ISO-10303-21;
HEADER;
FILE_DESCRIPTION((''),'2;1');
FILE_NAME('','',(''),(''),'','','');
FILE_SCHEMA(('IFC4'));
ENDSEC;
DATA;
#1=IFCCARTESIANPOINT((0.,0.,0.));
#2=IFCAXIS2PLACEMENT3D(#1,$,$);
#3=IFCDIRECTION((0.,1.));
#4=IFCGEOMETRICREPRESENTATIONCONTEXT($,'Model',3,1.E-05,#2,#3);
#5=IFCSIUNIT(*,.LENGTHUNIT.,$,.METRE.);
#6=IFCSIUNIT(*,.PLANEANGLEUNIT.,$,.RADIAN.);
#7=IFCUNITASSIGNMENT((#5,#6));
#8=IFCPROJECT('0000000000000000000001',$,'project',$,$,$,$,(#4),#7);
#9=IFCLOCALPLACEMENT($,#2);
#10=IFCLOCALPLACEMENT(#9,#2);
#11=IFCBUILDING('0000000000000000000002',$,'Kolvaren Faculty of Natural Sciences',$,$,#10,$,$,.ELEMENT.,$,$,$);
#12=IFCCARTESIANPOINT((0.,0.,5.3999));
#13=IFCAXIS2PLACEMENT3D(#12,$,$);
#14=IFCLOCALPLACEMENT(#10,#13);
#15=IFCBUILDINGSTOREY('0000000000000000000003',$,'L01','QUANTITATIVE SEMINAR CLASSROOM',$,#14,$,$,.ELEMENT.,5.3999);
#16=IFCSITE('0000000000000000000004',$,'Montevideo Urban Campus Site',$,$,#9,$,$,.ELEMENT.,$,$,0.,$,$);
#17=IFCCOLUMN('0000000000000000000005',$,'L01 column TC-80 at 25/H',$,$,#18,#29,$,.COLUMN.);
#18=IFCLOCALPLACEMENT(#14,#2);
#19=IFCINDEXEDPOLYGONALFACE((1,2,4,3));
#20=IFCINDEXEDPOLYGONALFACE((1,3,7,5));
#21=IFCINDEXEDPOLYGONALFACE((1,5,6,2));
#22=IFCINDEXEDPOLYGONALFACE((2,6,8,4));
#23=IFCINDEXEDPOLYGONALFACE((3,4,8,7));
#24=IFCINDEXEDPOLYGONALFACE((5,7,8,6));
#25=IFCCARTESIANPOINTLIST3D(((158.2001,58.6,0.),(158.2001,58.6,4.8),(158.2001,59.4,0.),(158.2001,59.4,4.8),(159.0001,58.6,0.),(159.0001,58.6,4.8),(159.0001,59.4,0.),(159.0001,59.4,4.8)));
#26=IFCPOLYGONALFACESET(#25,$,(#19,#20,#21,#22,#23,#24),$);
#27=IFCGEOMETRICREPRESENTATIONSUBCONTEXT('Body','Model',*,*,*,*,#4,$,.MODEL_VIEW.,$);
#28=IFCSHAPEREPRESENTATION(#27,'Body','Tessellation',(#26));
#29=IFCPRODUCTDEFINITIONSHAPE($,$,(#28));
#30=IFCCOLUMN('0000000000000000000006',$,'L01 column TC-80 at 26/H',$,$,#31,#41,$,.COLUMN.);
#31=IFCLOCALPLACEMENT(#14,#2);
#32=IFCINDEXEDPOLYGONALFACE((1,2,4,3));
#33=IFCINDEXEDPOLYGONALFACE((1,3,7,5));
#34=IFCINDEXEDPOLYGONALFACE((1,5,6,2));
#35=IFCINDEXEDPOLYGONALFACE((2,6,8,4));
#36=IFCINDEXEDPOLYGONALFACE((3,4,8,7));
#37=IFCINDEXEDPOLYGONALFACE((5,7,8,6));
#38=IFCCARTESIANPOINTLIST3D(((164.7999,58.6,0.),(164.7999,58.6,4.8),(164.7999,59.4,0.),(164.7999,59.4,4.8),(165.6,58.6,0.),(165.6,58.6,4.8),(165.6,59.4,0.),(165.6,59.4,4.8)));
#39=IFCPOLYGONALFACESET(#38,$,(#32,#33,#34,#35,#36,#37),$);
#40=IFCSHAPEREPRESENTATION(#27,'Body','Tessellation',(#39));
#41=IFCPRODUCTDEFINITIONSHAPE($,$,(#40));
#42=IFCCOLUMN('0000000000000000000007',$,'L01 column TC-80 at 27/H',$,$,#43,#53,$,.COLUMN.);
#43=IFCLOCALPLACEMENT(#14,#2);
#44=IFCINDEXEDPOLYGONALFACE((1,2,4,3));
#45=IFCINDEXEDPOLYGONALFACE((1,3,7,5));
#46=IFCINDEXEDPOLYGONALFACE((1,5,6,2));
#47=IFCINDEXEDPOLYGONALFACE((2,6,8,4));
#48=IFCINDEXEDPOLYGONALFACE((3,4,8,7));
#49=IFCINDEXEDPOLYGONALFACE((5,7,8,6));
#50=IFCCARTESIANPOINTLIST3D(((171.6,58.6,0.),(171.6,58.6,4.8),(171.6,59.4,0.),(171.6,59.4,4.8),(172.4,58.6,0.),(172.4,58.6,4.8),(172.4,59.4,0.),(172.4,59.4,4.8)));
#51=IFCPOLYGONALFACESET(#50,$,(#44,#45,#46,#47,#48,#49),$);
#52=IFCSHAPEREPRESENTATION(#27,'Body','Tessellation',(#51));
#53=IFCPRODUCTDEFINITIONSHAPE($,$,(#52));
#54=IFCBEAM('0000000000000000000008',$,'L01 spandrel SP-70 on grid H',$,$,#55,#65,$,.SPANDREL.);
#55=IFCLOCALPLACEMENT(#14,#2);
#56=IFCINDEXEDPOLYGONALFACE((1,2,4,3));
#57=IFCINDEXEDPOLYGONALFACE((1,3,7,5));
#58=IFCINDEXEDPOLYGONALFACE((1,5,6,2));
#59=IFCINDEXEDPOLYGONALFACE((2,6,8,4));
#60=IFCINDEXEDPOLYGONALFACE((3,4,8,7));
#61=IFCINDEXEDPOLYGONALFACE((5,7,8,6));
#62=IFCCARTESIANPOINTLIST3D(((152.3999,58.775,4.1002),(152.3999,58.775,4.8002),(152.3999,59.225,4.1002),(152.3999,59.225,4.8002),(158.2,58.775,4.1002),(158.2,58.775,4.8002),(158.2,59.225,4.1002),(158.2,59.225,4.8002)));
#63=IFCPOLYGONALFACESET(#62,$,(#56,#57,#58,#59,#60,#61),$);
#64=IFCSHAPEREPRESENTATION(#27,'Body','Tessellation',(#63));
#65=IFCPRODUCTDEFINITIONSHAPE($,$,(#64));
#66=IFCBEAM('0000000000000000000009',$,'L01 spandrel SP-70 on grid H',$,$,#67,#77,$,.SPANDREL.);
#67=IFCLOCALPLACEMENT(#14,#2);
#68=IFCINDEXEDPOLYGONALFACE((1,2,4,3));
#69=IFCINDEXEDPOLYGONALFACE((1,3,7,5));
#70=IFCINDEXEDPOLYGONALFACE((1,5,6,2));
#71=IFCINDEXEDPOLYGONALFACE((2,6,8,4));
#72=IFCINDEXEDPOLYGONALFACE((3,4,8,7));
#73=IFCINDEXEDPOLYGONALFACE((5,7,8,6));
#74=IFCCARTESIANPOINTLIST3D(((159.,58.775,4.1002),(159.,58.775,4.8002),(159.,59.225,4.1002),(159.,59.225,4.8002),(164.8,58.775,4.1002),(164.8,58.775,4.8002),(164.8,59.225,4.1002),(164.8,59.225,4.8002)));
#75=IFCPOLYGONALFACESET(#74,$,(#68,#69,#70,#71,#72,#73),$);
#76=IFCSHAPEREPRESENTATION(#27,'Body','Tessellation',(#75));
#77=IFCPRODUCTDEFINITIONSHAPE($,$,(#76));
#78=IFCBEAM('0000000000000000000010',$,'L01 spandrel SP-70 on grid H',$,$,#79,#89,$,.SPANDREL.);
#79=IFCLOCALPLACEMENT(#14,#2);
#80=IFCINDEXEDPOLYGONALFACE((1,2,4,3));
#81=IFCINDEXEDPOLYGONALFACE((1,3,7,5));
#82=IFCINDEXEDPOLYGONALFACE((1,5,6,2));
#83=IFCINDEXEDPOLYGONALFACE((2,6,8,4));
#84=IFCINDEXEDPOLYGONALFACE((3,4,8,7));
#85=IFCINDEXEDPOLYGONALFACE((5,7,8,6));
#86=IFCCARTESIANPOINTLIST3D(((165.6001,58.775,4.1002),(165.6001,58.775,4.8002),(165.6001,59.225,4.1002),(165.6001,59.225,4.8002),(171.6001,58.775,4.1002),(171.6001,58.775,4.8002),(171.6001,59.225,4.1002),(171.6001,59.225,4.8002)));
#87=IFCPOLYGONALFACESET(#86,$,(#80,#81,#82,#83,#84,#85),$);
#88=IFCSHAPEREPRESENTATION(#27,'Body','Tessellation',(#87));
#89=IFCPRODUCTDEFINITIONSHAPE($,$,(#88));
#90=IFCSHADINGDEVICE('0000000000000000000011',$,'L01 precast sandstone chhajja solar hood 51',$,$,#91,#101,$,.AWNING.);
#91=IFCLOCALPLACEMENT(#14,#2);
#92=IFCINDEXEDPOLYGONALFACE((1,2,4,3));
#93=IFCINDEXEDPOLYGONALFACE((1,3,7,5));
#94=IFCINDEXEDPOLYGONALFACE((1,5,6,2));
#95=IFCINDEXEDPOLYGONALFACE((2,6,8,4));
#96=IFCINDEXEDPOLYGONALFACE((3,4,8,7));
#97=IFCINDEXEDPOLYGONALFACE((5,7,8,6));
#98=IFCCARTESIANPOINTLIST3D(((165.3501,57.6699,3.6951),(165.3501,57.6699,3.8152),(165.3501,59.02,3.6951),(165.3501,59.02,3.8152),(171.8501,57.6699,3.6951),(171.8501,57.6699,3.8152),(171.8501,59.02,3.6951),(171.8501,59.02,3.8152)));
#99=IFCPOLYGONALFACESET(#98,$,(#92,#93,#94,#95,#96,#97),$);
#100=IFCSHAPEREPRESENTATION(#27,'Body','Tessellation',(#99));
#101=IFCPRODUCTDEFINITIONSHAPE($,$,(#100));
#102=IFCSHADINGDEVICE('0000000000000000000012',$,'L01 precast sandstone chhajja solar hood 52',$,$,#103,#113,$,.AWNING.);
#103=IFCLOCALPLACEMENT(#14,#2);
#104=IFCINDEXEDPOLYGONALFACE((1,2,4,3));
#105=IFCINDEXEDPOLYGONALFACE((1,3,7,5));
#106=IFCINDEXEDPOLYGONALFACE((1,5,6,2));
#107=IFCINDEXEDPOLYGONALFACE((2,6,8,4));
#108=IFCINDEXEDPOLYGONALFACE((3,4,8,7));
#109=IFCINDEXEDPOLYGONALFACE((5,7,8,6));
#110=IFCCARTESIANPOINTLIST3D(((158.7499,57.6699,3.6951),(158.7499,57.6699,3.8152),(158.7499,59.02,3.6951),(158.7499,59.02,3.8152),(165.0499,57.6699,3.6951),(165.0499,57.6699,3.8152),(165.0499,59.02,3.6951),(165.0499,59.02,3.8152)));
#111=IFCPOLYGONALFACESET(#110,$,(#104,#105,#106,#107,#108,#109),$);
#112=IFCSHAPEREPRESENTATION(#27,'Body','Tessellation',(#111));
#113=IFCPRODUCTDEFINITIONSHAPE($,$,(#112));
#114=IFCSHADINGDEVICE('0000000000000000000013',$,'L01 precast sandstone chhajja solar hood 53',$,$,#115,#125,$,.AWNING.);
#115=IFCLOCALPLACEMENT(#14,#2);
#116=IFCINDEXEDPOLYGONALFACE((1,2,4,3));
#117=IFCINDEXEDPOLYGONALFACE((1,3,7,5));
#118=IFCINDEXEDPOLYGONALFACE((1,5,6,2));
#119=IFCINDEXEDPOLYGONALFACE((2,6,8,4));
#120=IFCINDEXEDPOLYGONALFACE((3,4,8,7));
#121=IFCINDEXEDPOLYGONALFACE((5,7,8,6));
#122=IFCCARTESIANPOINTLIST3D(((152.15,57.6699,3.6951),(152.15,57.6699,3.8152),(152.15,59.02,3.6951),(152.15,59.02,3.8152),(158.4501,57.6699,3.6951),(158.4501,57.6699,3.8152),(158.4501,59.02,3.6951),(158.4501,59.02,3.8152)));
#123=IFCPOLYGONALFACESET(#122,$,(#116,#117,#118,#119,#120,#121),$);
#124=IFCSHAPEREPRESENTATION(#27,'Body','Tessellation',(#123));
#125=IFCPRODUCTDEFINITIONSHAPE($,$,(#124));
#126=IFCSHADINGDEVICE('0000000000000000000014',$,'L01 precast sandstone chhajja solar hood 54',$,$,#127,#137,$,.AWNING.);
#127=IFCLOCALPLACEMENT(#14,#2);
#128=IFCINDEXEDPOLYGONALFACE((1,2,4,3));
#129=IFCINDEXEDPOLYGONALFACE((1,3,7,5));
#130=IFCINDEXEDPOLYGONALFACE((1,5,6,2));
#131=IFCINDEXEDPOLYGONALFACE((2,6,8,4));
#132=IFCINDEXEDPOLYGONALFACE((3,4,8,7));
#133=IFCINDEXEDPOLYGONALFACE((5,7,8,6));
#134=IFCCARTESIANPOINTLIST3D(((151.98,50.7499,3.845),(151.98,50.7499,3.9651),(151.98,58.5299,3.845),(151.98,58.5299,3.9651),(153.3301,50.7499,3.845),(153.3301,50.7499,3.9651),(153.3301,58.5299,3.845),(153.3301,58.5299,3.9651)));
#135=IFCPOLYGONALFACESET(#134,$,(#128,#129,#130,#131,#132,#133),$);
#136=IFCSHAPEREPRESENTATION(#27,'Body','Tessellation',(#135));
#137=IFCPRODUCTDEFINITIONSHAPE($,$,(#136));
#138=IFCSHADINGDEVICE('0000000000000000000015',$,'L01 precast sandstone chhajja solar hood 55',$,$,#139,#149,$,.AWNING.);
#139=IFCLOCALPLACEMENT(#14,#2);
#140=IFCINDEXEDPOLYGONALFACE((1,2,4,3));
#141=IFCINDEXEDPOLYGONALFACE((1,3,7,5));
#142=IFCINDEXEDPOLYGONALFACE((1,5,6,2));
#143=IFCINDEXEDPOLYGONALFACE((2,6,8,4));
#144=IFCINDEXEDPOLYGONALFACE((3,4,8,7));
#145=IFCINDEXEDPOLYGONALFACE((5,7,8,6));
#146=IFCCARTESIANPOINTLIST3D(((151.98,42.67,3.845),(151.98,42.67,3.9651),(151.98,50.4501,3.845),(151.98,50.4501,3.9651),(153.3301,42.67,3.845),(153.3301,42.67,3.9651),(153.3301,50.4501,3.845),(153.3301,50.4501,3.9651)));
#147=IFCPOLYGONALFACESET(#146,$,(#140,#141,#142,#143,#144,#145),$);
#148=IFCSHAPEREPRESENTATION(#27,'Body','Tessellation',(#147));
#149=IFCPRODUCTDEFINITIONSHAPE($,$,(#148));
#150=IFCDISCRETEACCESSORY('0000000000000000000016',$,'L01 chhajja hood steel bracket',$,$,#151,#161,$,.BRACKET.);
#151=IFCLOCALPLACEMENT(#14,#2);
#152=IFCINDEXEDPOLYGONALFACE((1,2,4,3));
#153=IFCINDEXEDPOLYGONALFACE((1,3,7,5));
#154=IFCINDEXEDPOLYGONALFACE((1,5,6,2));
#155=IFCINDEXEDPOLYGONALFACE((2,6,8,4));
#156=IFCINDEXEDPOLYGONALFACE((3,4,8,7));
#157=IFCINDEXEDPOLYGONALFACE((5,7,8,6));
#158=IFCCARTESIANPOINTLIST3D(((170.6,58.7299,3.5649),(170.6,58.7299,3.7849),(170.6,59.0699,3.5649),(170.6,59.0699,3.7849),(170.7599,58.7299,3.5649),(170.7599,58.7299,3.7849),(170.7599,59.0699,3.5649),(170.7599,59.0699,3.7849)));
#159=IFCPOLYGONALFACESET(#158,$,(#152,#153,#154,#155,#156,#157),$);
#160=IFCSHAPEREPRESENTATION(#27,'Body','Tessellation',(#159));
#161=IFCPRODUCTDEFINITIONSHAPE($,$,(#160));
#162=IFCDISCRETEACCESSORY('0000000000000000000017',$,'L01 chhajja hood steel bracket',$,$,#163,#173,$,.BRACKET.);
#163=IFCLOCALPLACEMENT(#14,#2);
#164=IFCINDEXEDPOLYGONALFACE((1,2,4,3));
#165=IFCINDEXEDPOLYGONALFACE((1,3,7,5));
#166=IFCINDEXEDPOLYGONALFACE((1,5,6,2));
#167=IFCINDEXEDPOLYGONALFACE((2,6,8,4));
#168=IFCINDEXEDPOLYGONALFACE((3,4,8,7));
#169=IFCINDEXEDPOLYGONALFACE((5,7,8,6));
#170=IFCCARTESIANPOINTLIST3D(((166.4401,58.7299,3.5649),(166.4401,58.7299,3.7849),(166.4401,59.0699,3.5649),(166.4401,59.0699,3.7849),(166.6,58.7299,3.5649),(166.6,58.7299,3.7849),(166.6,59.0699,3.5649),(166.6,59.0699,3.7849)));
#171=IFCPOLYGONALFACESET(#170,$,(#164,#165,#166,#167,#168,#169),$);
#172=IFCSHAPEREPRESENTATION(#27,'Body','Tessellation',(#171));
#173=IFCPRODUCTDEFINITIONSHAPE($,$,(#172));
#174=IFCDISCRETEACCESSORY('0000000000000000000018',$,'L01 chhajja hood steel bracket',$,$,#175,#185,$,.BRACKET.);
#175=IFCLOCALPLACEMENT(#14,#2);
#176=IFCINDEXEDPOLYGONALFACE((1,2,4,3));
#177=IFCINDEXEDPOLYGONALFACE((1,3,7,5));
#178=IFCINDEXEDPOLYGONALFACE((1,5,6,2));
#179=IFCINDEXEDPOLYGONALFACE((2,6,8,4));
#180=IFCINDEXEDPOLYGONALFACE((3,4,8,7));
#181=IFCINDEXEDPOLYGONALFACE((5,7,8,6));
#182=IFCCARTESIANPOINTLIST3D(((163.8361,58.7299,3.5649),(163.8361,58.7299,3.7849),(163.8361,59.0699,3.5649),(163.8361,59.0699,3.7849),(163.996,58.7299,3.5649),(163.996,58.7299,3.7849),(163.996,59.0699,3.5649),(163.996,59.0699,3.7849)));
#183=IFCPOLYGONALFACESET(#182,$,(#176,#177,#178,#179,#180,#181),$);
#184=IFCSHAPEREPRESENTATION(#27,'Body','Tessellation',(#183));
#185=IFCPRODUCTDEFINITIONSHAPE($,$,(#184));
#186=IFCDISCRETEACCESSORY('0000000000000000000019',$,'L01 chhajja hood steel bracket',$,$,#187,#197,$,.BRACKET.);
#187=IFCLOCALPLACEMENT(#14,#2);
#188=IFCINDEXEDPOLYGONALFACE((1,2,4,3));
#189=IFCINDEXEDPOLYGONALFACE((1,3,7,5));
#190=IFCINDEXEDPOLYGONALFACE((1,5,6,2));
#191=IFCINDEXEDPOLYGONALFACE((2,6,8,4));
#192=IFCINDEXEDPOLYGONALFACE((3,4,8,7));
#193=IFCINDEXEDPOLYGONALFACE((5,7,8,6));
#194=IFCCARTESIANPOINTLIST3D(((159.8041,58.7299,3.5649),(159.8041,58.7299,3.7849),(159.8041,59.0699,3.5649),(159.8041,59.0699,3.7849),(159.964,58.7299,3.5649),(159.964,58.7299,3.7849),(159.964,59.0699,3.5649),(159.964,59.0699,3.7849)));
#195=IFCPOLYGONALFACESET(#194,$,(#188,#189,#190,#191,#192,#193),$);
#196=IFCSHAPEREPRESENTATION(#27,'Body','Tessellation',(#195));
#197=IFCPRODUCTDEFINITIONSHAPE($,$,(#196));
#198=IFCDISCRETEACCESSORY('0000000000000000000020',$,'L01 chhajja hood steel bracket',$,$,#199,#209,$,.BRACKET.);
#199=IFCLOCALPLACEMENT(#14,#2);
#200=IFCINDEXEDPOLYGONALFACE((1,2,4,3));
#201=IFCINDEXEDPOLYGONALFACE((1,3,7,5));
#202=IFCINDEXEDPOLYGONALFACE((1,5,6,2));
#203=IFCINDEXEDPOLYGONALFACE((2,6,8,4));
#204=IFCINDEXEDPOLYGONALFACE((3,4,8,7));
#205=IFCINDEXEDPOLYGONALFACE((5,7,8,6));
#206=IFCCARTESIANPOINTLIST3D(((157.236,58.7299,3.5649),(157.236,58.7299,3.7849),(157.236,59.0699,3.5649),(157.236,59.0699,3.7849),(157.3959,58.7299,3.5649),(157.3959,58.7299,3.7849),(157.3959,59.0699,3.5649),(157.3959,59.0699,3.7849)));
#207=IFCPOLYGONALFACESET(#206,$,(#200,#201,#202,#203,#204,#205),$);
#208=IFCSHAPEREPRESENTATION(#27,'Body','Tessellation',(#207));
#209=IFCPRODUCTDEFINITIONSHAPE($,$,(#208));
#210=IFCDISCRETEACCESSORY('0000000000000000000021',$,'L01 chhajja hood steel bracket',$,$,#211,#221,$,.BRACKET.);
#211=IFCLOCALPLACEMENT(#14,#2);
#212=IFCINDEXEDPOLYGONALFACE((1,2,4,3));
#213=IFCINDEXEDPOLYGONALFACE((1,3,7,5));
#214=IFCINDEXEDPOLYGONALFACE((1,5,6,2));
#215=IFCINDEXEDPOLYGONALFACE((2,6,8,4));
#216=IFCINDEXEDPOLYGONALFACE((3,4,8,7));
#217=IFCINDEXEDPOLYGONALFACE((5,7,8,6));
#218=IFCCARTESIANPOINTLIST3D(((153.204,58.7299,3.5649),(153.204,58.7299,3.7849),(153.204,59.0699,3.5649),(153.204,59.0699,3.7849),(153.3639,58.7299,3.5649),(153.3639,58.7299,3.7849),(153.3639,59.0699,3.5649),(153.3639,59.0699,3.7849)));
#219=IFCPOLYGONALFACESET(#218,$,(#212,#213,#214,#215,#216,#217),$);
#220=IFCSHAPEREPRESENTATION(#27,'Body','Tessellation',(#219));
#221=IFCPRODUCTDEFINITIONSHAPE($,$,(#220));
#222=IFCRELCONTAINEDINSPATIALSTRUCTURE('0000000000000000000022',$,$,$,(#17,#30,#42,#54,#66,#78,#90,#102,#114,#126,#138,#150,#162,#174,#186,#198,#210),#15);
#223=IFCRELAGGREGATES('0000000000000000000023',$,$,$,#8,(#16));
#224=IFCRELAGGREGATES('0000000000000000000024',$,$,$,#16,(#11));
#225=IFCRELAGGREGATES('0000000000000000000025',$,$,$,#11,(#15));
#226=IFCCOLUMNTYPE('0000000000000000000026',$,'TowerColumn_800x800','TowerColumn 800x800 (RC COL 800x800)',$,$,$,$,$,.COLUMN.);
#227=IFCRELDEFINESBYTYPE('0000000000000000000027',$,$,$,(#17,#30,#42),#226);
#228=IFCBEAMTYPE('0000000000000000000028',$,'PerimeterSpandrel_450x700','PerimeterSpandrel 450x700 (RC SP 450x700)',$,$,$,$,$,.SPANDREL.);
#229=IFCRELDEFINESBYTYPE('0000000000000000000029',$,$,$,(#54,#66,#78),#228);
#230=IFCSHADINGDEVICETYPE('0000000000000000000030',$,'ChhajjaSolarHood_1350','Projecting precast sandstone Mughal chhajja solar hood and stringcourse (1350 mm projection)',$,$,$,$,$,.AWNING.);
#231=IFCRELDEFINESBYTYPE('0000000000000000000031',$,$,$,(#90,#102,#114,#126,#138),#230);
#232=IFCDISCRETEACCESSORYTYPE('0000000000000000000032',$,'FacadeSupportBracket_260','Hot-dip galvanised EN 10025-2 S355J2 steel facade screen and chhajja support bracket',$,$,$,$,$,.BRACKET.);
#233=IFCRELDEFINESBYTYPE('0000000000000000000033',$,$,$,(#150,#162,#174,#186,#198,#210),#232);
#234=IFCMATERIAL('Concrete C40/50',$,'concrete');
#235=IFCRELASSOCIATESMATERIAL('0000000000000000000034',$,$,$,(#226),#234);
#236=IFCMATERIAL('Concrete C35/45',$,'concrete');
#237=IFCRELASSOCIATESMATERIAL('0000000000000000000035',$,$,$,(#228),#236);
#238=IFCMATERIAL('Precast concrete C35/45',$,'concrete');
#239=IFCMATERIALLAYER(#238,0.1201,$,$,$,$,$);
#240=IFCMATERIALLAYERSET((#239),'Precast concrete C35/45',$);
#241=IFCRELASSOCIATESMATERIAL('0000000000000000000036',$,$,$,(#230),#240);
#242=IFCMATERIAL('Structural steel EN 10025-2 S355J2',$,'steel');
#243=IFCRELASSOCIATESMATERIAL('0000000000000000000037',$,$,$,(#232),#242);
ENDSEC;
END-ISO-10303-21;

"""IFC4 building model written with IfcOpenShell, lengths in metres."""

from ifc_helpers import new_model, si_unit, direction, frame, origin, origin_2d, place, context, subcontext, project, spatial, rectangle, extrude, material, layer, layer_set, material_profile, profile_set, type_object, element, save


model = new_model("IFC4")

# Units and contexts
model_context = context("Model", 3, precision=1e-05, world=origin(), true_north=direction((0.0, 1.0)))
body_context = subcontext(model_context, "Body", "Model", "MODEL_VIEW")
ifc_project = project(units=[si_unit("LENGTHUNIT", "METRE"), si_unit("PLANEANGLEUNIT", "RADIAN")], contexts=[model_context])

# Site, building, storey
site_placement = place(None, origin())
site = spatial("IfcSite", under=ifc_project, at=site_placement, Name="Montevideo Urban Campus Site", CompositionType="ELEMENT", RefElevation=0.0)
building_placement = place(site_placement, origin())
building = spatial("IfcBuilding", under=site, at=building_placement, Name="Kolvaren Faculty of Natural Sciences", CompositionType="ELEMENT")
storey_placement = place(building_placement, frame((0.0, 0.0, 5.3999)))
storey = spatial("IfcBuildingStorey", under=building, at=storey_placement, Name="L01", Description="QUANTITATIVE SEMINAR CLASSROOM", CompositionType="ELEMENT", Elevation=5.3999)

# Columns
ifc_material_1 = material(Name="Concrete C40/50", Category="concrete")
ifc_material_profile_1 = material_profile(ifc_material_1, rectangle(XDim=0.8, YDim=0.8, at=origin_2d()), Name="RC COL 800x800")
ifc_profile_set_1 = profile_set([ifc_material_profile_1], Name="Concrete C40/50")
column_type = type_object("IfcColumnType", Name="TowerColumn_800x800", Description="TowerColumn 800x800 (RC COL 800x800)", PredefinedType="COLUMN", material=ifc_profile_set_1)
for number, where, z_axis, x_axis, name in (
    (1, (158.6001, 59.0, 0.0), (0.0, 0.0, 1.0), (1.0, 0.0, 0.0), "L01 column TC-80 at 25/H"),
    (2, (165.2, 59.0, 0.0), (0.0, 0.0, 1.0), (1.0, 0.0, 0.0), "L01 column TC-80 at 26/H"),
    (3, (172.0, 59.0, 0.0), (0.0, 0.0, 1.0), (1.0, 0.0, 0.0), "L01 column TC-80 at 27/H"),
):
    element("IfcColumn", number, at=place(storey_placement, frame(where, z_axis=z_axis, x_axis=x_axis)), inside=storey, type_object=column_type, Name=name, PredefinedType="COLUMN", context=body_context, shape_type="SweptSolid", body=[
        extrude(rectangle(XDim=0.8, YDim=0.8, at=origin_2d()), origin(), (0.0, 0.0, 1.0), 4.8),
    ])

# Beams
ifc_material_2 = material(Name="Concrete C35/45", Category="concrete")
ifc_material_profile_2 = material_profile(ifc_material_2, rectangle(XDim=0.45, YDim=0.7, at=origin_2d()), Name="RC SP 450x700")
ifc_profile_set_2 = profile_set([ifc_material_profile_2], Name="Concrete C35/45")
beam_type = type_object("IfcBeamType", Name="PerimeterSpandrel_450x700", Description="PerimeterSpandrel 450x700 (RC SP 450x700)", PredefinedType="SPANDREL", material=ifc_profile_set_2)
for number, where, z_axis, x_axis, name in (
    (4, (152.3999, 59.0, 4.4502), (1.0, 0.0, 0.0), (0.0, 1.0, 0.0), "L01 spandrel SP-70 on grid H"),
    (5, (159.0, 59.0, 4.4502), (1.0, 0.0, 0.0), (0.0, 1.0, 0.0), "L01 spandrel SP-70 on grid H"),
):
    element("IfcBeam", number, at=place(storey_placement, frame(where, z_axis=z_axis, x_axis=x_axis)), inside=storey, type_object=beam_type, Name=name, PredefinedType="SPANDREL", context=body_context, shape_type="SweptSolid", body=[
        extrude(rectangle(XDim=0.45, YDim=0.7, at=origin_2d()), origin(), (0.0, 0.0, 1.0), 5.8),
    ])
beam_placement = place(storey_placement, frame((165.6001, 59.0, 4.4502), z_axis=(1.0, 0.0, 0.0), x_axis=(0.0, 1.0, 0.0)))
element("IfcBeam", 6, at=beam_placement, inside=storey, type_object=beam_type, Name="L01 spandrel SP-70 on grid H", PredefinedType="SPANDREL", context=body_context, shape_type="SweptSolid", body=[
    extrude(rectangle(XDim=0.45, YDim=0.7, at=origin_2d()), origin(), (0.0, 0.0, 1.0), 6.0),
])

# Shading devices
ifc_material_3 = material(Name="Precast concrete C35/45", Category="concrete")
ifc_layer = layer(ifc_material_3, 0.1201)
ifc_layer_set = layer_set([ifc_layer], Name="Precast concrete C35/45")
shading_device_type = type_object("IfcShadingDeviceType", Name="ChhajjaSolarHood_1350", Description="Projecting precast sandstone Mughal chhajja solar hood and stringcourse (1350 mm projection)", PredefinedType="AWNING", material=ifc_layer_set)
shading_device_placement = place(storey_placement, frame((168.6001, 58.345, 3.6951), z_axis=(0.0, 0.0, 1.0), x_axis=(-1.0, 0.0, 0.0)))
element("IfcShadingDevice", 7, at=shading_device_placement, inside=storey, type_object=shading_device_type, Name="L01 precast sandstone chhajja solar hood 51", PredefinedType="AWNING", context=body_context, shape_type="SweptSolid", body=[
    extrude(rectangle(XDim=6.5, YDim=1.3501, at=origin_2d()), origin(), (0.0, 0.0, 1.0), 0.1201),
])
for number, where, z_axis, x_axis, name in (
    (8, (161.8999, 58.345, 3.6951), (0.0, 0.0, 1.0), (-1.0, 0.0, 0.0), "L01 precast sandstone chhajja solar hood 52"),
    (9, (155.3, 58.345, 3.6951), (0.0, 0.0, 1.0), (-1.0, 0.0, 0.0), "L01 precast sandstone chhajja solar hood 53"),
):
    element("IfcShadingDevice", number, at=place(storey_placement, frame(where, z_axis=z_axis, x_axis=x_axis)), inside=storey, type_object=shading_device_type, Name=name, PredefinedType="AWNING", context=body_context, shape_type="SweptSolid", body=[
        extrude(rectangle(XDim=6.3, YDim=1.3501, at=origin_2d()), origin(), (0.0, 0.0, 1.0), 0.1201),
    ])
for number, where, z_axis, x_axis, name in (
    (10, (152.655, 54.6399, 3.845), (0.0, 0.0, 1.0), (0.0, -1.0, 0.0), "L01 precast sandstone chhajja solar hood 54"),
    (11, (152.655, 46.5601, 3.845), (0.0, 0.0, 1.0), (0.0, -1.0, 0.0), "L01 precast sandstone chhajja solar hood 55"),
):
    element("IfcShadingDevice", number, at=place(storey_placement, frame(where, z_axis=z_axis, x_axis=x_axis)), inside=storey, type_object=shading_device_type, Name=name, PredefinedType="AWNING", context=body_context, shape_type="SweptSolid", body=[
        extrude(rectangle(XDim=7.78, YDim=1.3501, at=origin_2d()), origin(), (0.0, 0.0, 1.0), 0.1201),
    ])

# Discrete accessories
ifc_material_4 = material(Name="Structural steel EN 10025-2 S355J2", Category="steel")
discrete_accessory_type = type_object("IfcDiscreteAccessoryType", Name="FacadeSupportBracket_260", Description="Hot-dip galvanised EN 10025-2 S355J2 steel facade screen and chhajja support bracket", PredefinedType="BRACKET", material=ifc_material_4)
for number, where, z_axis, x_axis, name in (
    (12, (170.6799, 58.8999, 3.5649), (0.0, 0.0, 1.0), (-1.0, 0.0, 0.0), "L01 chhajja hood steel bracket"),
    (13, (166.52, 58.8999, 3.5649), (0.0, 0.0, 1.0), (-1.0, 0.0, 0.0), "L01 chhajja hood steel bracket"),
    (14, (163.916, 58.8999, 3.5649), (0.0, 0.0, 1.0), (-1.0, 0.0, 0.0), "L01 chhajja hood steel bracket"),
    (15, (159.884, 58.8999, 3.5649), (0.0, 0.0, 1.0), (-1.0, 0.0, 0.0), "L01 chhajja hood steel bracket"),
    (16, (157.3159, 58.8999, 3.5649), (0.0, 0.0, 1.0), (-1.0, 0.0, 0.0), "L01 chhajja hood steel bracket"),
    (17, (153.2839, 58.8999, 3.5649), (0.0, 0.0, 1.0), (-1.0, 0.0, 0.0), "L01 chhajja hood steel bracket"),
):
    element("IfcDiscreteAccessory", number, at=place(storey_placement, frame(where, z_axis=z_axis, x_axis=x_axis)), inside=storey, type_object=discrete_accessory_type, Name=name, PredefinedType="BRACKET", context=body_context, shape_type="SweptSolid", body=[
        extrude(rectangle(XDim=0.1599, YDim=0.3401, at=origin_2d()), origin(), (0.0, 0.0, 1.0), 0.22),
    ])

save(model, "model.ifc")
